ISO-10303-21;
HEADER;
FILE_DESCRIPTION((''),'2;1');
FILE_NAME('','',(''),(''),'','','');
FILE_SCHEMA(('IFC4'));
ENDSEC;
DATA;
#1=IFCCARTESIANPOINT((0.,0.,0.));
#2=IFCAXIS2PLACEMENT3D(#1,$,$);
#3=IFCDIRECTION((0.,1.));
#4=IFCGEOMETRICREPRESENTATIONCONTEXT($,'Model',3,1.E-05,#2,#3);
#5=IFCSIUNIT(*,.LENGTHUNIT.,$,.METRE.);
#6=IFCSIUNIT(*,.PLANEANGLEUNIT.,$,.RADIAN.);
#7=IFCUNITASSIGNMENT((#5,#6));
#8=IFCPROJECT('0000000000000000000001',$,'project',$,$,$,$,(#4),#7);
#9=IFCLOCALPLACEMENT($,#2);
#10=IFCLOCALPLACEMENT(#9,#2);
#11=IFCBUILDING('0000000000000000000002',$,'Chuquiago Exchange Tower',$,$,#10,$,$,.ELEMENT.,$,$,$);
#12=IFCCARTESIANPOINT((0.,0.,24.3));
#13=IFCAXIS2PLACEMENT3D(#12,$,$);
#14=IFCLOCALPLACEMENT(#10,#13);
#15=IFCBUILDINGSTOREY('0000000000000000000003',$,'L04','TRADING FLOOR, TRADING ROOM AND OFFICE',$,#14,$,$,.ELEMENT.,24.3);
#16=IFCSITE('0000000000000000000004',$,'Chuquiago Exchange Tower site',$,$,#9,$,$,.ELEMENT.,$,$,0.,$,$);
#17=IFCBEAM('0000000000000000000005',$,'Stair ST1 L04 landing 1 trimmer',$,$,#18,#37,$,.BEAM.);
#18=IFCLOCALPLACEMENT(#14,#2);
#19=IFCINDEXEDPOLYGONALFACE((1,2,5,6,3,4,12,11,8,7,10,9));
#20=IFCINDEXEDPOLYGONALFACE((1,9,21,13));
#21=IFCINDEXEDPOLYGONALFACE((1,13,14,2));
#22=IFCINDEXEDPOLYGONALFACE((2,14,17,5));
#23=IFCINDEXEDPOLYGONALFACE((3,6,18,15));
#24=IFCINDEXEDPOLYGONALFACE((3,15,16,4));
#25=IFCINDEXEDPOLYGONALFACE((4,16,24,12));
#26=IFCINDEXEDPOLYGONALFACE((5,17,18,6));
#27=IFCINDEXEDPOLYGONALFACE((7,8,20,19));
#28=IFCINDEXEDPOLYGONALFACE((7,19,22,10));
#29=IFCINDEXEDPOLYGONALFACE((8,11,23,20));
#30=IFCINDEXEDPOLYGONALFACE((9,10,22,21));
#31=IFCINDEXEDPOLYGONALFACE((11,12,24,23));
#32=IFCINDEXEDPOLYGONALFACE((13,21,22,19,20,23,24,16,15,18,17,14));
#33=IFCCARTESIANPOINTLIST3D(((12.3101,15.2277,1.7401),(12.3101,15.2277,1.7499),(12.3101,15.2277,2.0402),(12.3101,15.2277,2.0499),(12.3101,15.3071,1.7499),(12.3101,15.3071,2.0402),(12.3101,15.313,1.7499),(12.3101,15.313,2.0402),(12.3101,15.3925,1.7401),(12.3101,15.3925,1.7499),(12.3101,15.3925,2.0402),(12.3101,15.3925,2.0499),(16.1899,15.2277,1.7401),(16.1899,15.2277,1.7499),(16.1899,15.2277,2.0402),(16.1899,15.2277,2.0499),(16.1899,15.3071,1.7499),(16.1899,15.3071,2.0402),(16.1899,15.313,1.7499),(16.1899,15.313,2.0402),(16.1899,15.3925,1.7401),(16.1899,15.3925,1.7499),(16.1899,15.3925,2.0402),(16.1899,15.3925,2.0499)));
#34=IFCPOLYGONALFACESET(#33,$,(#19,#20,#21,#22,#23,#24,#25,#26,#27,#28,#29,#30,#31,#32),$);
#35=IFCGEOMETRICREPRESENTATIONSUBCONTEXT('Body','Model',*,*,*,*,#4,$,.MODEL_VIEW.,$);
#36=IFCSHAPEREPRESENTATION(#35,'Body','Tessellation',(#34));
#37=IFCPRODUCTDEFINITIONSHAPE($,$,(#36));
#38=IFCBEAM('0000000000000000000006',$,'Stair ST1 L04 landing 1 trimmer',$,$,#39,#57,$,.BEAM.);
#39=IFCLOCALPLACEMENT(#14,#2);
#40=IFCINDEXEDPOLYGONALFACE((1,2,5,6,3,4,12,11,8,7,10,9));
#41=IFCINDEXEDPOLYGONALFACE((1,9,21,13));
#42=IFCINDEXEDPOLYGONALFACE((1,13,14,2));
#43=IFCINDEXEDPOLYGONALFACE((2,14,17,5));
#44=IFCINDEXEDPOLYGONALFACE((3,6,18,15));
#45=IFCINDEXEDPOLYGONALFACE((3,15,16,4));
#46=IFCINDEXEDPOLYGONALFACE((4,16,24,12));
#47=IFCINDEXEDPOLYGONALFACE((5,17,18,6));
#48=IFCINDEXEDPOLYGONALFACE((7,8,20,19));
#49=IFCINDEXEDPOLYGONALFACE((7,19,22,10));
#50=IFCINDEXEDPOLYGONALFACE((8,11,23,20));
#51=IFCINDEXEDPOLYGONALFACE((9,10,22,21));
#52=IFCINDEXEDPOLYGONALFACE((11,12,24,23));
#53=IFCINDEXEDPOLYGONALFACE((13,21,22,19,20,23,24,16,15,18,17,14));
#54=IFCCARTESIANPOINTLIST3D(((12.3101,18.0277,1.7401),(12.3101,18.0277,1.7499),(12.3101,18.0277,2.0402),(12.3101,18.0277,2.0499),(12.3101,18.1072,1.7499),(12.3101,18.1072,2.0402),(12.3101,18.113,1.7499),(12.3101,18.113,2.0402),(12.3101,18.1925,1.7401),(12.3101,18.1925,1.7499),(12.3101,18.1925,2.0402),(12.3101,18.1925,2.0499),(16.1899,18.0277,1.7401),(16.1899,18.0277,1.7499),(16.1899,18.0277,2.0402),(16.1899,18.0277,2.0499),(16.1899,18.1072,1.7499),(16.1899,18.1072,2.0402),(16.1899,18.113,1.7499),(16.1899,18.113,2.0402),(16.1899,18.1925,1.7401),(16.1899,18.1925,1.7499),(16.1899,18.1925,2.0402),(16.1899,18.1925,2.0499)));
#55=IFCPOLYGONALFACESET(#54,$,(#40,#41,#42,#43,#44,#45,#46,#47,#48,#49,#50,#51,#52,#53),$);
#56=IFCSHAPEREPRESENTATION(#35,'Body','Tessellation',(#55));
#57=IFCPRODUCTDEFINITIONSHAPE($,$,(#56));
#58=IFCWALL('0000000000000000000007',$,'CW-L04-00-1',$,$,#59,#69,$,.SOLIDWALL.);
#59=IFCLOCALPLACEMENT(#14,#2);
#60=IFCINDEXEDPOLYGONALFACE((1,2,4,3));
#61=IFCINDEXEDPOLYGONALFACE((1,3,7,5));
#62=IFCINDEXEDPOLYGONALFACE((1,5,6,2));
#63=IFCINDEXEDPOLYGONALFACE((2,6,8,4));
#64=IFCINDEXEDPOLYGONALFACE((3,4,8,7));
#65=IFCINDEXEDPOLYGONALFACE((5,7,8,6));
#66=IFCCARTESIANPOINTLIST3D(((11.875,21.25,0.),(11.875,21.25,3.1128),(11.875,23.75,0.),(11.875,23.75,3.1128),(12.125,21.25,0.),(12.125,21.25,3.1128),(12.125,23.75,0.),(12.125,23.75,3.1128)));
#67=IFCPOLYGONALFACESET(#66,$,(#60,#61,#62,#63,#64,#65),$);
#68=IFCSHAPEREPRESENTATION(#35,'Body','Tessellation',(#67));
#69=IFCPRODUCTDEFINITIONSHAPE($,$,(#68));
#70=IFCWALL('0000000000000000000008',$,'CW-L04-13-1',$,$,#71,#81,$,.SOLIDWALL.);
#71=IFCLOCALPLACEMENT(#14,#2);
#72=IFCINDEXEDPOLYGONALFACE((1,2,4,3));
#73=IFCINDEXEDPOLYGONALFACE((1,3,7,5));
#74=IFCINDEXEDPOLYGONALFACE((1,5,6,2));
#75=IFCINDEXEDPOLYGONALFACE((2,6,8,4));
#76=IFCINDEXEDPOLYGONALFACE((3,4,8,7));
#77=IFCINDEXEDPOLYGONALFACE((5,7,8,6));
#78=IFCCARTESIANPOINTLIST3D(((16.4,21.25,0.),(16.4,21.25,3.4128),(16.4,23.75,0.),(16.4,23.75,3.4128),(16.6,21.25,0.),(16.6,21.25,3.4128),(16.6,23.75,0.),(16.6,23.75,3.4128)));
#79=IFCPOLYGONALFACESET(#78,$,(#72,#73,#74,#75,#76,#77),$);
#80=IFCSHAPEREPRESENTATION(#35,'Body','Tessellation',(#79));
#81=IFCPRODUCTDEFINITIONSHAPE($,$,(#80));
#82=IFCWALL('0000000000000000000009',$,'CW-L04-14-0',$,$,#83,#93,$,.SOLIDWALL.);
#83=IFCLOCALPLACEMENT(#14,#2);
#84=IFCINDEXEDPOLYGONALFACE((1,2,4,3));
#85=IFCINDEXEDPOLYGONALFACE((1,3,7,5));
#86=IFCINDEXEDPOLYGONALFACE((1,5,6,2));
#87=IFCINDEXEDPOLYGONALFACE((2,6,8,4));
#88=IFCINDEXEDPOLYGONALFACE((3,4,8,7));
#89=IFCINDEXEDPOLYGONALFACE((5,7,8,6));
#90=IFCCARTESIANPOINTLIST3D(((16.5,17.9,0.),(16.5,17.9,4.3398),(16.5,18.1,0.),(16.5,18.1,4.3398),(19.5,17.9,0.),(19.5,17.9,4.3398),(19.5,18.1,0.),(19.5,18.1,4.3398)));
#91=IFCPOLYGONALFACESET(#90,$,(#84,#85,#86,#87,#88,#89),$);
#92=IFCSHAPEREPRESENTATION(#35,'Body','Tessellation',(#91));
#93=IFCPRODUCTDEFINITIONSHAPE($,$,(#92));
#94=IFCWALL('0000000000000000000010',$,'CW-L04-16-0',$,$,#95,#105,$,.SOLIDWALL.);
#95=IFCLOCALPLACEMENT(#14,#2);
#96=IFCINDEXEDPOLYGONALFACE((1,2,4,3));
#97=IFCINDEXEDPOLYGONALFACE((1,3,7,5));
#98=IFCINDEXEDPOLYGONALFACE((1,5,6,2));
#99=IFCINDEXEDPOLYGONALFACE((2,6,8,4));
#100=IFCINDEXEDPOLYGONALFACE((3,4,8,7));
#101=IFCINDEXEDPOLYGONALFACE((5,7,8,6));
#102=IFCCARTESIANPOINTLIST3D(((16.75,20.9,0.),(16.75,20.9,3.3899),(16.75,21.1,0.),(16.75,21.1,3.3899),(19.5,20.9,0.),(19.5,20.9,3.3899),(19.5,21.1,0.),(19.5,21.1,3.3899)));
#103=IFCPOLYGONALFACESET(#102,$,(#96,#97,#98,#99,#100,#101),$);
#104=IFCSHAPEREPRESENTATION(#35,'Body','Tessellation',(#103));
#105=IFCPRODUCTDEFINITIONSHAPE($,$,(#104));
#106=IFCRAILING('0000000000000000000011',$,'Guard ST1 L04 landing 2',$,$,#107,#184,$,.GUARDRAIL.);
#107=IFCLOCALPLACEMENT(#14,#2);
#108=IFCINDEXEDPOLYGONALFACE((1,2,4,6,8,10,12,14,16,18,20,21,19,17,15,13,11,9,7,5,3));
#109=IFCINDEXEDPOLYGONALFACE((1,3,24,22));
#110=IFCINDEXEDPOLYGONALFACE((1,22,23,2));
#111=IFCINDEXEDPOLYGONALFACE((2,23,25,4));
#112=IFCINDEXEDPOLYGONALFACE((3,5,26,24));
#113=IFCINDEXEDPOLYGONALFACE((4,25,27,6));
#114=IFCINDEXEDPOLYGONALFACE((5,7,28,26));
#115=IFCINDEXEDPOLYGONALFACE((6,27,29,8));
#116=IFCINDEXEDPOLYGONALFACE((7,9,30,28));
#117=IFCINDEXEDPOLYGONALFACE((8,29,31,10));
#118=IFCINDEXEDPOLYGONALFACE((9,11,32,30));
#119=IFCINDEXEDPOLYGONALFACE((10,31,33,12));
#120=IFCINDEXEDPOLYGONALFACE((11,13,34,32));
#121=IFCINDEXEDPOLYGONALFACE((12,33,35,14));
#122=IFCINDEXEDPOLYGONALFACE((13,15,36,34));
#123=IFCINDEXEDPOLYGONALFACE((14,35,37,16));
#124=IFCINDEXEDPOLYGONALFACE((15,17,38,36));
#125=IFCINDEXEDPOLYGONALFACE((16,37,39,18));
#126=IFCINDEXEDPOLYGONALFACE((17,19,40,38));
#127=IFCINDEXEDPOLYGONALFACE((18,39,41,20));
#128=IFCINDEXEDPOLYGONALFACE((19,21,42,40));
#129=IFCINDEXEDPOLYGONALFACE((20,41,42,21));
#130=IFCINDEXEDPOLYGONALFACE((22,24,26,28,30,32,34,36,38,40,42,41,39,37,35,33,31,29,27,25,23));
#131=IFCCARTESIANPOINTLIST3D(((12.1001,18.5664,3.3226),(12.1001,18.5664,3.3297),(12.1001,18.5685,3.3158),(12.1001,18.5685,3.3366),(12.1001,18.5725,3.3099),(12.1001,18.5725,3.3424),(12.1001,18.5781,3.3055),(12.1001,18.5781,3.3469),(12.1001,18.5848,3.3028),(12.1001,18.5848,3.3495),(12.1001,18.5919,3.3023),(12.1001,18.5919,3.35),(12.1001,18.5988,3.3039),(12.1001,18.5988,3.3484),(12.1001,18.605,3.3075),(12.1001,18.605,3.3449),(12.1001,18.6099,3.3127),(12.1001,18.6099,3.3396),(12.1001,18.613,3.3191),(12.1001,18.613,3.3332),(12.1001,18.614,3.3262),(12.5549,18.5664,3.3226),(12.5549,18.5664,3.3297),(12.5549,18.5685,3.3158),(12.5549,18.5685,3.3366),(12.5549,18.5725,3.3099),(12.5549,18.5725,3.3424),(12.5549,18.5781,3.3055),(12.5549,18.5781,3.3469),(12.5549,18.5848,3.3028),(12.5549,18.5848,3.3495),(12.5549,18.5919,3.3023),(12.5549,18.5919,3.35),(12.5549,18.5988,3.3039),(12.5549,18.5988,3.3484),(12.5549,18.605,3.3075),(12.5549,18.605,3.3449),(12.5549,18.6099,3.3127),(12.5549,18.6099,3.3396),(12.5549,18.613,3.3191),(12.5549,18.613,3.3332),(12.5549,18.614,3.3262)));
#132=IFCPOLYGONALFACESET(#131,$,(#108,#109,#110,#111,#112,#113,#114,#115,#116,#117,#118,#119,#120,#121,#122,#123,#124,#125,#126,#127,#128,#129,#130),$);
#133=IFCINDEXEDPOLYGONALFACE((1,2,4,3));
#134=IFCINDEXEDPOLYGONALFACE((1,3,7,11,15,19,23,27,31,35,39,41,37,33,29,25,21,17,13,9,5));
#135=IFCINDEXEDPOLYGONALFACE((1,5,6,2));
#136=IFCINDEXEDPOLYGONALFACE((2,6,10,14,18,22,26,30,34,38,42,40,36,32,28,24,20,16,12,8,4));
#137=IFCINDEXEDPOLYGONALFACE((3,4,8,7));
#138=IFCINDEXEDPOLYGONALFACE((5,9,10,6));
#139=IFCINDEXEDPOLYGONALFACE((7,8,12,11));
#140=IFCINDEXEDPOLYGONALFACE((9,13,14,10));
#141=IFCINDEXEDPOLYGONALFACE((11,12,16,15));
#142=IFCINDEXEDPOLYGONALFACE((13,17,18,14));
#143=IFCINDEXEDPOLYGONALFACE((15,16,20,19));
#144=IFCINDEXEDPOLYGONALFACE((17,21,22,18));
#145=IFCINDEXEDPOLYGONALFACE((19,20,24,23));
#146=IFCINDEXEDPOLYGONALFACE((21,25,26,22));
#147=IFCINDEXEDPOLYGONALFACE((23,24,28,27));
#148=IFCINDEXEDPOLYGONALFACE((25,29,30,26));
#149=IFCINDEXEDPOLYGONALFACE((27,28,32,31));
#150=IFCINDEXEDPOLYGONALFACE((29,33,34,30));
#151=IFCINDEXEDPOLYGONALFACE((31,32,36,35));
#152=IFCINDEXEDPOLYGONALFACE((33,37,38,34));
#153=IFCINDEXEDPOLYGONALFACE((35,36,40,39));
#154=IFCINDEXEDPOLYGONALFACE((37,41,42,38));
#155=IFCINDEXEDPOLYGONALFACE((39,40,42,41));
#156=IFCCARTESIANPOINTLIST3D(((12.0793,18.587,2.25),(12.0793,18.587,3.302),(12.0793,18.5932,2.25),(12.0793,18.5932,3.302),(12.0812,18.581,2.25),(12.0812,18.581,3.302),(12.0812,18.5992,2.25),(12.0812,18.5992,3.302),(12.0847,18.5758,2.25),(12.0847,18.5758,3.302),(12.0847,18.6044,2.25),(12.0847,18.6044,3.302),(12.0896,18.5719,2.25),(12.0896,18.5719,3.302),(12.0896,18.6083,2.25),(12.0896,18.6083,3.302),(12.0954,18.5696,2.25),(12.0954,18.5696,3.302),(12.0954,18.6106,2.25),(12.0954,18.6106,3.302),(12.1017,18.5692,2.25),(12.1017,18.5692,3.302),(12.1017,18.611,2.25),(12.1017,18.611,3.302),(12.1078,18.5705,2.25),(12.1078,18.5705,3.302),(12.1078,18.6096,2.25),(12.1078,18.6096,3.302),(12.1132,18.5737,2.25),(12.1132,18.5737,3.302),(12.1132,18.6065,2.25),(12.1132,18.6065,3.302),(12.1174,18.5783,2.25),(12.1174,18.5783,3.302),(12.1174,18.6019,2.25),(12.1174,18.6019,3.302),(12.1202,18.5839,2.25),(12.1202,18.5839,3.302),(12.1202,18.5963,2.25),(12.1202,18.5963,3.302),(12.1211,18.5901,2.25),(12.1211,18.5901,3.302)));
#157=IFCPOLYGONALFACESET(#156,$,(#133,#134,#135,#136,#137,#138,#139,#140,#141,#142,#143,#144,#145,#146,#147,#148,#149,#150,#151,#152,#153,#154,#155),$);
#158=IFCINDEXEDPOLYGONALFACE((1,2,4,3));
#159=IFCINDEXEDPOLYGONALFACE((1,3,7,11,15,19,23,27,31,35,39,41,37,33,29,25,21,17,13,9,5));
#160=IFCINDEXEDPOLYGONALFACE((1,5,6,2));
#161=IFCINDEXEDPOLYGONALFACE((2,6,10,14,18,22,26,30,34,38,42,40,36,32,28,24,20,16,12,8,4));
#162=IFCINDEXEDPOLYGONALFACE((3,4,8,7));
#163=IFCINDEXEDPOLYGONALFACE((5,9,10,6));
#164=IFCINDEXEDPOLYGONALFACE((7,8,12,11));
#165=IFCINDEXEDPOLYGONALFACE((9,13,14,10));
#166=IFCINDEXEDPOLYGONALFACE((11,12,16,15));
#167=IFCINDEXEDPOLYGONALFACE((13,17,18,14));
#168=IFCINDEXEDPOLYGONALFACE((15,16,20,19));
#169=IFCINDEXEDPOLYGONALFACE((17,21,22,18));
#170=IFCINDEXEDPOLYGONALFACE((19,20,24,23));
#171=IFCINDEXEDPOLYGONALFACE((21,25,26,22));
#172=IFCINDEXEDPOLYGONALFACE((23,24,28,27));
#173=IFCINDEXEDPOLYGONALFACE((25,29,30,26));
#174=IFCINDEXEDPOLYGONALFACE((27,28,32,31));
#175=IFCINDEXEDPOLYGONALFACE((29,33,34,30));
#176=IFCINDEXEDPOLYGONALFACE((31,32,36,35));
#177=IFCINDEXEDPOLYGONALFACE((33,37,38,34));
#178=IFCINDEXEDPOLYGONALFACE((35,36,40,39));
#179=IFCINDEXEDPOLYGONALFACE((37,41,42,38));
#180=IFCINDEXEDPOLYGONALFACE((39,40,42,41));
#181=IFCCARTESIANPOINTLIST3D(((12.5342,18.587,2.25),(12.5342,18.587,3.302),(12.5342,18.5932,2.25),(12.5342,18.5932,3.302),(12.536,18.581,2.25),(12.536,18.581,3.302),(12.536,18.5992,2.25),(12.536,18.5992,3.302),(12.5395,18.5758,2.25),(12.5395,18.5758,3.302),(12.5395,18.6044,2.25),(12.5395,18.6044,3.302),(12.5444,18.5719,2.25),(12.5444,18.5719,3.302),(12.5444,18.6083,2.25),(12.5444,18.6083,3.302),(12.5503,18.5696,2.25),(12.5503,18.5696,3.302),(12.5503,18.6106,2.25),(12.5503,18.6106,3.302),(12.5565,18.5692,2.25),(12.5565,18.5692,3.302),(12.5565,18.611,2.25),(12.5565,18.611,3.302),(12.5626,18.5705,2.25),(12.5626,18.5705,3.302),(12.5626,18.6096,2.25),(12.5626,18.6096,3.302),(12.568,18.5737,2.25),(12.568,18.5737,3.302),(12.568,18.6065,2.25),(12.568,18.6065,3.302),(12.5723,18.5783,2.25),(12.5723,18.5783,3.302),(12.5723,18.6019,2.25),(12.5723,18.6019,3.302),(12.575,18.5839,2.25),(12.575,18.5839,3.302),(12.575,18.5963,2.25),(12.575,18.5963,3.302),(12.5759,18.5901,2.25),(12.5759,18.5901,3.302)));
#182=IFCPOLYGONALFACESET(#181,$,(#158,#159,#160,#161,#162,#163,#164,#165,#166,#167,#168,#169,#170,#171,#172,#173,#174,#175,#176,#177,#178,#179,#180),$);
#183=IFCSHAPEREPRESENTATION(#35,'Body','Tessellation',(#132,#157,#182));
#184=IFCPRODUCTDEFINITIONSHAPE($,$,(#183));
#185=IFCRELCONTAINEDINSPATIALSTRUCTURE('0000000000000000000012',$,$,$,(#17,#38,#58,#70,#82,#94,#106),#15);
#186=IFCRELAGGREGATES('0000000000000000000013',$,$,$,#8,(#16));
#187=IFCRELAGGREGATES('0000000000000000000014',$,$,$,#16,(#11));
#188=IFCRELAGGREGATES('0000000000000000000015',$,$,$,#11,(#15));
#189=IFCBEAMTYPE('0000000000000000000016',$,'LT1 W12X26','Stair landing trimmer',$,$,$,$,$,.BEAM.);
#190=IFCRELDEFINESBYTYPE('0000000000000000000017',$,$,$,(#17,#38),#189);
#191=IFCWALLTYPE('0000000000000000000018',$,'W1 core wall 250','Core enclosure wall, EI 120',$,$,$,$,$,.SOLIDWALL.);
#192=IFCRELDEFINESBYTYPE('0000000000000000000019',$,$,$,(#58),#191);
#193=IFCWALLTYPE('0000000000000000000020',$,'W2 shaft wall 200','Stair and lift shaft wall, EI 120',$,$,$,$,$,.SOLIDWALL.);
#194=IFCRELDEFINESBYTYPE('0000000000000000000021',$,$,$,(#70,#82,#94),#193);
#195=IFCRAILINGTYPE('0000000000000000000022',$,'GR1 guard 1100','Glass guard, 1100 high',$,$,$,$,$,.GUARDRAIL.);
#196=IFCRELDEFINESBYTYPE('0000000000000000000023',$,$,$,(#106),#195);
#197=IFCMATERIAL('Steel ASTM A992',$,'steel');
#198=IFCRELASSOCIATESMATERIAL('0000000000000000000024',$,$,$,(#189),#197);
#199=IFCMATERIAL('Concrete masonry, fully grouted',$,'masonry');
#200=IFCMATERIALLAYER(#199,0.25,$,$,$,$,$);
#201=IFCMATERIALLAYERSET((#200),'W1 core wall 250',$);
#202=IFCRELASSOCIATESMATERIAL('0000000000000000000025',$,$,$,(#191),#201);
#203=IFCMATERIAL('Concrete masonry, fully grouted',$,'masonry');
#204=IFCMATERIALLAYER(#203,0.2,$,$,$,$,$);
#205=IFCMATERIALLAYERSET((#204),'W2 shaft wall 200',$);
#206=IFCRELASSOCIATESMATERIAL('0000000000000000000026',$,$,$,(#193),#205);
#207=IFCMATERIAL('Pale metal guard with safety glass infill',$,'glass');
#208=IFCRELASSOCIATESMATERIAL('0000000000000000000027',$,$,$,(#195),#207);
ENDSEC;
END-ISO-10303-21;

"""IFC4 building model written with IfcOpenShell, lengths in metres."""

from ifc_helpers import new_model, si_unit, direction, frame, frame_2d, origin, origin_2d, place, context, subcontext, project, spatial, rectangle, circle, i_section, extrude, material, layer, layer_set, material_profile, profile_set, type_object, element, save


model = new_model("IFC4")

# Units and contexts
model_context = context("Model", 3, precision=1e-05, world=origin(), true_north=direction((0.0, 1.0)))
body_context = subcontext(model_context, "Body", "Model", "MODEL_VIEW")
ifc_project = project(units=[si_unit("LENGTHUNIT", "METRE"), si_unit("PLANEANGLEUNIT", "RADIAN")], contexts=[model_context])

# Site, building, storey
site_placement = place(None, origin())
site = spatial("IfcSite", under=ifc_project, at=site_placement, Name="Chuquiago Exchange Tower site", CompositionType="ELEMENT", RefElevation=0.0)
building_placement = place(site_placement, origin())
building = spatial("IfcBuilding", under=site, at=building_placement, Name="Chuquiago Exchange Tower", CompositionType="ELEMENT")
storey_placement = place(building_placement, frame((0.0, 0.0, 24.3)))
storey = spatial("IfcBuildingStorey", under=building, at=storey_placement, Name="L04", Description="TRADING FLOOR, TRADING ROOM AND OFFICE", CompositionType="ELEMENT", Elevation=24.3)

# Beams
ifc_material_1 = material(Name="Steel ASTM A992", Category="steel")
ifc_material_profile_1 = material_profile(ifc_material_1, i_section(OverallWidth=0.1648, OverallDepth=0.3098, WebThickness=0.0059, FlangeThickness=0.0098, at=origin_2d()), Name="W12X26")
ifc_profile_set_1 = profile_set([ifc_material_profile_1], Name="Steel ASTM A992")
beam_type_1 = type_object("IfcBeamType", Name="LT1 W12X26", Description="Stair landing trimmer", PredefinedType="BEAM", material=ifc_profile_set_1)
for number, where, z_axis, x_axis, name in (
    (1, (12.3101, 15.3101, 1.895), (1.0, 0.0, 0.0), (0.0, 1.0, 0.0), "Stair ST1 L04 landing 1 trimmer"),
    (2, (12.3101, 18.1101, 1.895), (1.0, 0.0, 0.0), (0.0, 1.0, 0.0), "Stair ST1 L04 landing 1 trimmer"),
):
    element("IfcBeam", number, at=place(storey_placement, frame(where, z_axis=z_axis, x_axis=x_axis)), inside=storey, type_object=beam_type_1, Name=name, PredefinedType="BEAM", context=body_context, shape_type="SweptSolid", body=[
        extrude(i_section(OverallWidth=0.1648, OverallDepth=0.3098, WebThickness=0.0059, FlangeThickness=0.0098, at=origin_2d()), origin(), (0.0, 0.0, 1.0), 3.8799),
    ])

# Walls
ifc_material_2 = material(Name="Concrete masonry, fully grouted", Category="masonry")
ifc_layer_1 = layer(ifc_material_2, 0.25)
ifc_layer_set_1 = layer_set([ifc_layer_1], Name="W1 core wall 250")
wall_type_1 = type_object("IfcWallType", Name="W1 core wall 250", Description="Core enclosure wall, EI 120", PredefinedType="SOLIDWALL", material=ifc_layer_set_1)
wall_1_placement = place(storey_placement, frame((12.0, 21.25, 0.0), z_axis=(0.0, 0.0, 1.0), x_axis=(0.0, 1.0, 0.0)))
element("IfcWall", 3, at=wall_1_placement, inside=storey, type_object=wall_type_1, Name="CW-L04-00-1", PredefinedType="SOLIDWALL", context=body_context, shape_type="SweptSolid", body=[
    extrude(rectangle(XDim=2.5, YDim=0.25, at=frame_2d((1.25, 0.0))), origin(), (0.0, 0.0, 1.0), 3.1128),
])
ifc_material_3 = material(Name="Concrete masonry, fully grouted", Category="masonry")
ifc_layer_2 = layer(ifc_material_3, 0.2)
ifc_layer_set_2 = layer_set([ifc_layer_2], Name="W2 shaft wall 200")
wall_type_2 = type_object("IfcWallType", Name="W2 shaft wall 200", Description="Stair and lift shaft wall, EI 120", PredefinedType="SOLIDWALL", material=ifc_layer_set_2)
wall_2_placement = place(storey_placement, frame((16.5, 21.25, 0.0), z_axis=(0.0, 0.0, 1.0), x_axis=(0.0, 1.0, 0.0)))
element("IfcWall", 4, at=wall_2_placement, inside=storey, type_object=wall_type_2, Name="CW-L04-13-1", PredefinedType="SOLIDWALL", context=body_context, shape_type="SweptSolid", body=[
    extrude(rectangle(XDim=2.5, YDim=0.2, at=frame_2d((1.25, 0.0))), origin(), (0.0, 0.0, 1.0), 3.4128),
])
wall_3_placement = place(storey_placement, frame((16.5, 18.0, 0.0), z_axis=(0.0, 0.0, 1.0), x_axis=(1.0, 0.0, 0.0)))
element("IfcWall", 5, at=wall_3_placement, inside=storey, type_object=wall_type_2, Name="CW-L04-14-0", PredefinedType="SOLIDWALL", context=body_context, shape_type="SweptSolid", body=[
    extrude(rectangle(XDim=3.0, YDim=0.2, at=frame_2d((1.5, 0.0))), origin(), (0.0, 0.0, 1.0), 4.3398),
])
wall_4_placement = place(storey_placement, frame((16.75, 21.0, 0.0), z_axis=(0.0, 0.0, 1.0), x_axis=(1.0, 0.0, 0.0)))
element("IfcWall", 6, at=wall_4_placement, inside=storey, type_object=wall_type_2, Name="CW-L04-16-0", PredefinedType="SOLIDWALL", context=body_context, shape_type="SweptSolid", body=[
    extrude(rectangle(XDim=2.75, YDim=0.2, at=frame_2d((1.375, 0.0))), origin(), (0.0, 0.0, 1.0), 3.3899),
])

# Railing
ifc_material_4 = material(Name="Pale metal guard with safety glass infill", Category="glass")
railing_type_1 = type_object("IfcRailingType", Name="GR1 guard 1100", Description="Glass guard, 1100 high", PredefinedType="GUARDRAIL", material=ifc_material_4)
for number, where, name in (
    (7, (12.1001, 18.5901, 2.25), "Guard ST1 L04 landing 2"),
):
    element("IfcRailing", number, at=place(storey_placement, frame(where)), inside=storey, type_object=railing_type_1, Name=name, PredefinedType="GUARDRAIL", context=body_context, shape_type="SweptSolid", body=[
        extrude(circle(Radius=0.0239, at=origin_2d()), frame((0.0, 0.0, 1.0762), z_axis=(1.0, 0.0, 0.0), x_axis=(0.0, 1.0, 0.0)), (0.0, 0.0, 1.0), 0.4548),
        extrude(circle(Radius=0.021, at=origin_2d()), origin(), (0.0, 0.0, 1.0), 1.052),
        extrude(circle(Radius=0.021, at=origin_2d()), frame((0.4548, 0.0, 0.0)), (0.0, 0.0, 1.0), 1.052),
    ])

save(model, "model.ifc")
